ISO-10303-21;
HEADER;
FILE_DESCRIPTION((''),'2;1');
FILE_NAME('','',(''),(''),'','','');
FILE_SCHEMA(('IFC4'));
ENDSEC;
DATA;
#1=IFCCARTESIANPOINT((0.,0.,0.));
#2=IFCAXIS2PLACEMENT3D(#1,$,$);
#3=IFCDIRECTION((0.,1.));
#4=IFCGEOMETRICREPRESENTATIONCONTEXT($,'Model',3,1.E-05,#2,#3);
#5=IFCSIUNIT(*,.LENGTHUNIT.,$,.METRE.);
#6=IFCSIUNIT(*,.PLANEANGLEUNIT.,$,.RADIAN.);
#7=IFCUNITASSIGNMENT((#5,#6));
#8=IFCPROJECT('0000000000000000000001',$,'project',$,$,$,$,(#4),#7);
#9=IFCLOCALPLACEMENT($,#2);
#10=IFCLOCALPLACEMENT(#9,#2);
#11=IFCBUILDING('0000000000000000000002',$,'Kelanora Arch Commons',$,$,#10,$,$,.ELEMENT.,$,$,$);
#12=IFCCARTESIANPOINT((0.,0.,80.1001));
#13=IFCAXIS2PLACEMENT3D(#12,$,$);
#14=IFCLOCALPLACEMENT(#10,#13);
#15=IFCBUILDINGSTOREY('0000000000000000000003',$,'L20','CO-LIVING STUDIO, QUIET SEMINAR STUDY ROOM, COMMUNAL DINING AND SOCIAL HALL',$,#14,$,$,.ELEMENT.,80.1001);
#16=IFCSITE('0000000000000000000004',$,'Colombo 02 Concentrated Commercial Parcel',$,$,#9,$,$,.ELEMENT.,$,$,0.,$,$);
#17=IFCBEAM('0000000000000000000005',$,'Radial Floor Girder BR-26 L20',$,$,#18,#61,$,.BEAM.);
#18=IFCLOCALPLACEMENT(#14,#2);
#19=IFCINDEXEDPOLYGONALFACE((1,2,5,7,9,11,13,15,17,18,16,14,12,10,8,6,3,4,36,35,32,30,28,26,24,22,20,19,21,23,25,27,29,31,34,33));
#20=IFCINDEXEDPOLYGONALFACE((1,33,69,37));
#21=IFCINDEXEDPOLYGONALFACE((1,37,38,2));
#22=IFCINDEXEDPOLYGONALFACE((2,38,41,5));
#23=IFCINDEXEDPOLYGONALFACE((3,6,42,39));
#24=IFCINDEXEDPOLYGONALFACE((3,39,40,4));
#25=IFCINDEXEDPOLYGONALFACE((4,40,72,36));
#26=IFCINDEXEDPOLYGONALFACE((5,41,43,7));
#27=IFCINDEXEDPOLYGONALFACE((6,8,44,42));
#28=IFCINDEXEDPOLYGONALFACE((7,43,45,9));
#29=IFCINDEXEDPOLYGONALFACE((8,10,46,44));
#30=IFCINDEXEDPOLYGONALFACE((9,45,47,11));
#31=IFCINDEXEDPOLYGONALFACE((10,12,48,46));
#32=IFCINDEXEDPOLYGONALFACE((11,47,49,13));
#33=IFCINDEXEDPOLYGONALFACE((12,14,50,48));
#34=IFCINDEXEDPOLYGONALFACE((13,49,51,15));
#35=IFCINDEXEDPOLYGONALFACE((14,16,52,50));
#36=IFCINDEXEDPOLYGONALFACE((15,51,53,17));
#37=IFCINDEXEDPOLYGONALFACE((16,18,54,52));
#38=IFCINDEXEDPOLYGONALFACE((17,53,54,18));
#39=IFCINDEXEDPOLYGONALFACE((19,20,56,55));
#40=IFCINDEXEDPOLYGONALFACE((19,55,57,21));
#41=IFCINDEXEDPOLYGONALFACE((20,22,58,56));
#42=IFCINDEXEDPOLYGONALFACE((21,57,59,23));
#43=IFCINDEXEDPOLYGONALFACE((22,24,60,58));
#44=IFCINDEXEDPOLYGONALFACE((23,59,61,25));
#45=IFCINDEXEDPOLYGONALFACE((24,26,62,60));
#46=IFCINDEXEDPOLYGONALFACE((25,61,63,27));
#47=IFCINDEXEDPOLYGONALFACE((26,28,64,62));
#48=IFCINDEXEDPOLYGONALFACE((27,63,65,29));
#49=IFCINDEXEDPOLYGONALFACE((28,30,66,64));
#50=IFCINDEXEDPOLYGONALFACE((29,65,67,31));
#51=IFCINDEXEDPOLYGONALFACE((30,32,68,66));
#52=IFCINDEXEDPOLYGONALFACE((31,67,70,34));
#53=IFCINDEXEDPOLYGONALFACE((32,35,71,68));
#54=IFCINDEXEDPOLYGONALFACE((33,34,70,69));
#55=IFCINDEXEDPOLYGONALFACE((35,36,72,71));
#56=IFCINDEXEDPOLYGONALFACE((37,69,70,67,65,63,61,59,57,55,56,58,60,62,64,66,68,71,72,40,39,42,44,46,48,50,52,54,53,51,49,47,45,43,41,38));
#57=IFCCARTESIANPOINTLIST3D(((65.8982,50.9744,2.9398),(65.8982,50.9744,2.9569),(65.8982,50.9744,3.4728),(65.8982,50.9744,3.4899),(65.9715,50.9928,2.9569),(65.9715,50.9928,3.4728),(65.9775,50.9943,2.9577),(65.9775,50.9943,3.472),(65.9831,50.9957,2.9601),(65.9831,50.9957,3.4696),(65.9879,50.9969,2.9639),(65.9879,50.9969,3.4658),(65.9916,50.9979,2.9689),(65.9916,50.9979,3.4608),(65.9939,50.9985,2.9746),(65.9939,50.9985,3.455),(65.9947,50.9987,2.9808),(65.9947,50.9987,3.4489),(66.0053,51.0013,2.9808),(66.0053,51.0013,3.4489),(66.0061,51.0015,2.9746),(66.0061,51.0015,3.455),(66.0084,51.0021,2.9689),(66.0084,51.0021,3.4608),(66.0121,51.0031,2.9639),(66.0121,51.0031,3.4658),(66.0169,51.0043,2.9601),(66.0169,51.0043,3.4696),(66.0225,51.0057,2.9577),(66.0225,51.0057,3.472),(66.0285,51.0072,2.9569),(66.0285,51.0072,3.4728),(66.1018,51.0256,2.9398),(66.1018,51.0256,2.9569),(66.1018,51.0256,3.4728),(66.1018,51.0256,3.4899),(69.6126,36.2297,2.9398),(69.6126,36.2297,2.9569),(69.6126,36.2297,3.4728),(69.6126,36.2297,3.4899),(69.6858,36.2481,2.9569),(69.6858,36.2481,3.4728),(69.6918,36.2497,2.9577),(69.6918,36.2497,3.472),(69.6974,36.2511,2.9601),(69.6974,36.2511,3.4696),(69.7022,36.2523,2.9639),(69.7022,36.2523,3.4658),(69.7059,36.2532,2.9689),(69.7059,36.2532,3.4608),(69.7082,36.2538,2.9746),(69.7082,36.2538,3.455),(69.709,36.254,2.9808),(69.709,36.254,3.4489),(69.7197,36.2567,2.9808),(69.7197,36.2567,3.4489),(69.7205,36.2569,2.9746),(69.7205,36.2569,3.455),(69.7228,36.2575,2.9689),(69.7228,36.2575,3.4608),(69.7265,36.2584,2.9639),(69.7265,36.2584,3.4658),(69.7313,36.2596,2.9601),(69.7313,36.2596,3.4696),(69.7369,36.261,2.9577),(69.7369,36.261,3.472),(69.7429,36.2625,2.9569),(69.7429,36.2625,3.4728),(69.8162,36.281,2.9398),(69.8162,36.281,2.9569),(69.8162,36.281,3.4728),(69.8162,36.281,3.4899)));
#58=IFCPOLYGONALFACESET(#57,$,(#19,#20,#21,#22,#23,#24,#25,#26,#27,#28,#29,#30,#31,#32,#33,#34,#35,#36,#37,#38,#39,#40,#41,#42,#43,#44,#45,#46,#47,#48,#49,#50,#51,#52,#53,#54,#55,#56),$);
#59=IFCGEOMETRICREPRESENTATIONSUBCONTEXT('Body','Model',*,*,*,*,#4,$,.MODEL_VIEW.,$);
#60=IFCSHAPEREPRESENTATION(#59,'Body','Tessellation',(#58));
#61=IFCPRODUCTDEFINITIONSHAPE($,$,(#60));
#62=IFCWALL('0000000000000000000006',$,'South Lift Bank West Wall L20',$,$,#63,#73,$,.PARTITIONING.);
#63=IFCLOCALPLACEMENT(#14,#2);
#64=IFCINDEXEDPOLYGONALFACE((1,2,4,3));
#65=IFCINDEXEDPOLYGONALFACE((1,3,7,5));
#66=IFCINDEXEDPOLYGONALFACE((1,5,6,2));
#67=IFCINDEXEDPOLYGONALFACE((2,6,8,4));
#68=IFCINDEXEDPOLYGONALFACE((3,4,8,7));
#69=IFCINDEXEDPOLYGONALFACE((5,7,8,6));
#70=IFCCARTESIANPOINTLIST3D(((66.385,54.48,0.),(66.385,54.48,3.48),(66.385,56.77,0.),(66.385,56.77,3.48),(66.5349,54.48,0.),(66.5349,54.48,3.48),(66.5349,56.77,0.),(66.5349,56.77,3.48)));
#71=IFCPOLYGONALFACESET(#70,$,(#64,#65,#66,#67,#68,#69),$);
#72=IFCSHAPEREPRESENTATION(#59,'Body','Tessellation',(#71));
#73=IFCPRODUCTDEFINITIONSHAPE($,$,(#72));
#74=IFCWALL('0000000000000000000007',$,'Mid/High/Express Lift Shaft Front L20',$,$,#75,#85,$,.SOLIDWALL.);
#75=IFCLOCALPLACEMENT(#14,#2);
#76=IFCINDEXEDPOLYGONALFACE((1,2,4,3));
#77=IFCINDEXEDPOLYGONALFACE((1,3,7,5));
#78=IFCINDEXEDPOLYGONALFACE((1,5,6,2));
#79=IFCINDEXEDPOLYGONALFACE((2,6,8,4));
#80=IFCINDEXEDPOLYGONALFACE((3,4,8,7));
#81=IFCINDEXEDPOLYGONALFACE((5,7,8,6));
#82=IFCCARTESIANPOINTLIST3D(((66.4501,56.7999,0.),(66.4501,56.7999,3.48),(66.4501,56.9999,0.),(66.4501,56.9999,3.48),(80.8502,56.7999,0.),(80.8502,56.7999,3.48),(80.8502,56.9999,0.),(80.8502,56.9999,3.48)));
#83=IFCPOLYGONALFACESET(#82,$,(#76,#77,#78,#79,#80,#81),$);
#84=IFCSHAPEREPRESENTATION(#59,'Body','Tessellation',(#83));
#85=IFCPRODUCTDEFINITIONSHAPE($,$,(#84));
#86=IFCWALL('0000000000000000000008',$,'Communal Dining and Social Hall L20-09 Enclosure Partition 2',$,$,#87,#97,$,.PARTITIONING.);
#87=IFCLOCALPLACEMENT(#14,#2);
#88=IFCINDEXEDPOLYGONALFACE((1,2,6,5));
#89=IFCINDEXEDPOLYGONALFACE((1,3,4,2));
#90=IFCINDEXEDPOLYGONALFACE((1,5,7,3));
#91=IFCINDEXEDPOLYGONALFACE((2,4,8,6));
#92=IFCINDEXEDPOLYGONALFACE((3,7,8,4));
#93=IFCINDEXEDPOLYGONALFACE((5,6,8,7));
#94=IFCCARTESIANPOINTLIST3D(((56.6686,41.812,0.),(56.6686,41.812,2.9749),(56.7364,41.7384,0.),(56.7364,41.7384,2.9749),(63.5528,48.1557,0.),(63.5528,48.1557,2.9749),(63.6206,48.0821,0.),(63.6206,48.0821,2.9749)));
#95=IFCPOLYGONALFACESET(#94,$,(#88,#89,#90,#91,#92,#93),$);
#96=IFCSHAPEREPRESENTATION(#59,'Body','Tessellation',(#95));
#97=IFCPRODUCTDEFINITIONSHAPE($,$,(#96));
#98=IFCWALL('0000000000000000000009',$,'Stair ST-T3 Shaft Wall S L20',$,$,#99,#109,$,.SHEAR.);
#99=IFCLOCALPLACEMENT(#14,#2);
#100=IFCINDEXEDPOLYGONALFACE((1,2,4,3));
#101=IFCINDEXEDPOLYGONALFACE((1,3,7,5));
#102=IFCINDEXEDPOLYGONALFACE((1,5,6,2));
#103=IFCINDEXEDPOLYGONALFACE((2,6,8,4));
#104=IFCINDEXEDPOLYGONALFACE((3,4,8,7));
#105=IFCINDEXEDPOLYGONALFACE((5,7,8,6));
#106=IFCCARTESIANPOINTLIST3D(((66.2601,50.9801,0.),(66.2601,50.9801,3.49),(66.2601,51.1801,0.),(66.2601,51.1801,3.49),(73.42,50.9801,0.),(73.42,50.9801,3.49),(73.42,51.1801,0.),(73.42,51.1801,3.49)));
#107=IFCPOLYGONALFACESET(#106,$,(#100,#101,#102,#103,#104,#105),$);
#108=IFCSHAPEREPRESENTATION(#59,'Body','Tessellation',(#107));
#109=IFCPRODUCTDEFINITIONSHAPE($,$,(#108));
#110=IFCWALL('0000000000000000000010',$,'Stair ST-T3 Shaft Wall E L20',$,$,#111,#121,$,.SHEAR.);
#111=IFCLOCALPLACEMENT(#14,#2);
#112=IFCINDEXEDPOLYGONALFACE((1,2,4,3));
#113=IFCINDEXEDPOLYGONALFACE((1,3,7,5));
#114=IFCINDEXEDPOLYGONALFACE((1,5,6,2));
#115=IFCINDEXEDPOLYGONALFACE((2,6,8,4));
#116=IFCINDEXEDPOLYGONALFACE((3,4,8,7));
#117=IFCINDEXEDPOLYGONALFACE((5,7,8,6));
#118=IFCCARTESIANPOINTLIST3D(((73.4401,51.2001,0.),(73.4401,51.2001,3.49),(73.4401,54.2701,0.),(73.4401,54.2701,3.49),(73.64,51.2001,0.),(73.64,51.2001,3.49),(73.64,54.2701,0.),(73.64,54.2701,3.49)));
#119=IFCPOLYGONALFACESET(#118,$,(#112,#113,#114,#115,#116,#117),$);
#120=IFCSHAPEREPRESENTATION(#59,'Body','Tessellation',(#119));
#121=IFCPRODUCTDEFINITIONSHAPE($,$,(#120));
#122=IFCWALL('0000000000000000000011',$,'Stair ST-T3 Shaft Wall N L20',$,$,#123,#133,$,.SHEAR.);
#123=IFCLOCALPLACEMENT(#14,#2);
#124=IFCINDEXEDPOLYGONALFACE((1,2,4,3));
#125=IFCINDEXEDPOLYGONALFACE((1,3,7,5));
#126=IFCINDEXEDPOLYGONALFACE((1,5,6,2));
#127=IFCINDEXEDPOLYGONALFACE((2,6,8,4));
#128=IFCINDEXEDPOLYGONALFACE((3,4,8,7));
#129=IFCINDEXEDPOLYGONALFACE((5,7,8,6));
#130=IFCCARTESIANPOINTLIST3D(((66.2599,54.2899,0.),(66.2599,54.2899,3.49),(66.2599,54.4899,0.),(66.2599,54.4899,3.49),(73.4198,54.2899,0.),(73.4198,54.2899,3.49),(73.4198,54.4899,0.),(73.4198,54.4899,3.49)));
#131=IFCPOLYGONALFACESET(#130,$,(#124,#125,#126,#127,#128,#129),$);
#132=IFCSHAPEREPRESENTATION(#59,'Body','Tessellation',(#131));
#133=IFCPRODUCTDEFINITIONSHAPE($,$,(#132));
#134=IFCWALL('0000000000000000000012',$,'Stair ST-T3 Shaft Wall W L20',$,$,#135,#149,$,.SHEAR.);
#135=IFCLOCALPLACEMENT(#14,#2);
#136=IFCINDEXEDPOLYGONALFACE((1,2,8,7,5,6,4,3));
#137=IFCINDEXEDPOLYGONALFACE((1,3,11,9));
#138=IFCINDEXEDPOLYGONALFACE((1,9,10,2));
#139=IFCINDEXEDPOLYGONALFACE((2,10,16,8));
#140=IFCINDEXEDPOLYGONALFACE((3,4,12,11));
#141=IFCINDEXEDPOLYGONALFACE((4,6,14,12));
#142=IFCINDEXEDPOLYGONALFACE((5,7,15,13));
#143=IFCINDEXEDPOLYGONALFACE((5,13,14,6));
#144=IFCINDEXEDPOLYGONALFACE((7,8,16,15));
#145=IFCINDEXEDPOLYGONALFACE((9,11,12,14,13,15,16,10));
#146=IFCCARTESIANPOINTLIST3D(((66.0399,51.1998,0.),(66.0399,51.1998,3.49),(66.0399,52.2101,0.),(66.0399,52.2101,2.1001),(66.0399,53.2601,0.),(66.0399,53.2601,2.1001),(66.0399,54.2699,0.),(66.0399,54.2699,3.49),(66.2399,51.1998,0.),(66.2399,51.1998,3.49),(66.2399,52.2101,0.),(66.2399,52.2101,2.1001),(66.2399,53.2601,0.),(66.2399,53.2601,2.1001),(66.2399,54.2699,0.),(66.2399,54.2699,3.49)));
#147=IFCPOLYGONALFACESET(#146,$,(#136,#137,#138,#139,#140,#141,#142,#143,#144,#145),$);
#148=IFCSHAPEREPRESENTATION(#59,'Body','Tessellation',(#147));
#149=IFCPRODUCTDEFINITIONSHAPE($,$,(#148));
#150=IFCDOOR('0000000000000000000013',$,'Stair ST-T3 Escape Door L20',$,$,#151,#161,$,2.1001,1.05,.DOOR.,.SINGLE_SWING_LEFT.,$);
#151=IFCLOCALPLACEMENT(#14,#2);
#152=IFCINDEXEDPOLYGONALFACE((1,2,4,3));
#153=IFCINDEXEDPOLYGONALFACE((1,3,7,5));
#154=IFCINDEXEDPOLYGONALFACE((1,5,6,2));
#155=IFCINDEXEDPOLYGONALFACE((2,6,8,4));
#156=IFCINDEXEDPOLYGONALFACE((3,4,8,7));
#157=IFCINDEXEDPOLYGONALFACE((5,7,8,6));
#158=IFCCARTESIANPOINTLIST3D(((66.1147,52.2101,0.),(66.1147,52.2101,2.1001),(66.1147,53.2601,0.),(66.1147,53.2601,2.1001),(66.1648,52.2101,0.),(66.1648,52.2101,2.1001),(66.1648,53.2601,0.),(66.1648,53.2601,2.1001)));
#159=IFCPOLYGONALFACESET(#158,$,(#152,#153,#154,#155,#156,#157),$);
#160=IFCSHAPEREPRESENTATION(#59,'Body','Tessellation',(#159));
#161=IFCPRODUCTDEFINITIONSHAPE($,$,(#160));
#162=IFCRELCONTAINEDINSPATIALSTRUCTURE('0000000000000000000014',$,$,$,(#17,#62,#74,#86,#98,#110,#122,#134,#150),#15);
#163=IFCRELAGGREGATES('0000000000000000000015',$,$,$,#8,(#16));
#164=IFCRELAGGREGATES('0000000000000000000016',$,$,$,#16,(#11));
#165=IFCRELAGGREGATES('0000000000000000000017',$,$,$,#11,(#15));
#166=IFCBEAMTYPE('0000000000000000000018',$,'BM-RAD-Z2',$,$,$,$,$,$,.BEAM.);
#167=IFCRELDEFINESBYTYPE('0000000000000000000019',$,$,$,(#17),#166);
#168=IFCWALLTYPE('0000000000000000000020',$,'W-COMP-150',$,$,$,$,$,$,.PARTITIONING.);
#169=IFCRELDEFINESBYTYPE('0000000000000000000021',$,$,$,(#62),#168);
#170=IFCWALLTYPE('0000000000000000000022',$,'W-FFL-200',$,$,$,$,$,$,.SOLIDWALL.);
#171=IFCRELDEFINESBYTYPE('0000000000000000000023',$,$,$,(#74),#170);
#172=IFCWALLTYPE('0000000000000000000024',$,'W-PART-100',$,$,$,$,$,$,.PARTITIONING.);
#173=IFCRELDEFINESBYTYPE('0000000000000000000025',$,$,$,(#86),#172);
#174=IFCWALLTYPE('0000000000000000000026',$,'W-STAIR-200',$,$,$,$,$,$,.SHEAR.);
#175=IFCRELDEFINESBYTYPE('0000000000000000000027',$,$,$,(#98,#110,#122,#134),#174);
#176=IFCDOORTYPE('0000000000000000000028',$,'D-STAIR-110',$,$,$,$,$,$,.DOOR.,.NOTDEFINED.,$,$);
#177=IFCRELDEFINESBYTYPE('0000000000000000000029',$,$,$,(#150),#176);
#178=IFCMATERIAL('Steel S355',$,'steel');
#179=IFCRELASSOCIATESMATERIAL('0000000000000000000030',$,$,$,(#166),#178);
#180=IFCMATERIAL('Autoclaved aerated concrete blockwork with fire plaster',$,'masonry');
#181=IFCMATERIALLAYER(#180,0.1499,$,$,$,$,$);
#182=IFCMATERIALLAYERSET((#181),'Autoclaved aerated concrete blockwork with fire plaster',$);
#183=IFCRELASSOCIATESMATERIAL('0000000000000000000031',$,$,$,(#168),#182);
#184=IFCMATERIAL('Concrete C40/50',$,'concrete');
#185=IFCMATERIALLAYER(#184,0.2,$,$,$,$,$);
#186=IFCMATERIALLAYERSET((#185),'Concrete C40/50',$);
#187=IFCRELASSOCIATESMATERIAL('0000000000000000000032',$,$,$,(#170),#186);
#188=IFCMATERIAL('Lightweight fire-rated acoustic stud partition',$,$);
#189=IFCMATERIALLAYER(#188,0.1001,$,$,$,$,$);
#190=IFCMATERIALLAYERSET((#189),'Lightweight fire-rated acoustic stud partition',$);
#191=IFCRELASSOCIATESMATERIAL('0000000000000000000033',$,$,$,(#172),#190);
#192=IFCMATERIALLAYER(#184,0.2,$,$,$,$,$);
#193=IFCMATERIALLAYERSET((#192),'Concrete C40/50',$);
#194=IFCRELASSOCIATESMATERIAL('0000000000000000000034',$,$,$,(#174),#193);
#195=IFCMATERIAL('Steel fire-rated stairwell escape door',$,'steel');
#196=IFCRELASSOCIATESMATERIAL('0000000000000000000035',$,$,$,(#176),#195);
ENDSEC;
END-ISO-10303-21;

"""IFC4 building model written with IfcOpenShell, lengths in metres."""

from ifc_helpers import new_model, si_unit, direction, frame, frame_2d, origin, origin_2d, place, context, subcontext, project, spatial, rectangle, i_section, extrude, material, layer, layer_set, material_profile, profile_set, type_object, element, fill, save


model = new_model("IFC4")

# Units and contexts
model_context = context("Model", 3, precision=1e-05, world=origin(), true_north=direction((0.0, 1.0)))
body_context = subcontext(model_context, "Body", "Model", "MODEL_VIEW")
ifc_project = project(units=[si_unit("LENGTHUNIT", "METRE"), si_unit("PLANEANGLEUNIT", "RADIAN")], contexts=[model_context])

# Site, building, storey
site_placement = place(None, origin())
site = spatial("IfcSite", under=ifc_project, at=site_placement, Name="Colombo 02 Concentrated Commercial Parcel", CompositionType="ELEMENT", RefElevation=0.0)
building_placement = place(site_placement, origin())
building = spatial("IfcBuilding", under=site, at=building_placement, Name="Kelanora Arch Commons", CompositionType="ELEMENT")
storey_placement = place(building_placement, frame((0.0, 0.0, 80.1001)))
storey = spatial("IfcBuildingStorey", under=building, at=storey_placement, Name="L20", Description="CO-LIVING STUDIO, QUIET SEMINAR STUDY ROOM, COMMUNAL DINING AND SOCIAL HALL", CompositionType="ELEMENT", Elevation=80.1001)

# Beam
ifc_material_1 = material(Name="Steel S355", Category="steel")
ifc_material_profile_1 = material_profile(ifc_material_1, i_section(OverallWidth=0.21, OverallDepth=0.55, WebThickness=0.011, FlangeThickness=0.0171, FilletRadius=0.0239, at=origin_2d()), Name="IPE550")
ifc_profile_set_1 = profile_set([ifc_material_profile_1], Name="Steel S355")
beam_type_1 = type_object("IfcBeamType", Name="BM-RAD-Z2", PredefinedType="BEAM", material=ifc_profile_set_1)
beam_1_placement = place(storey_placement, frame((66.0, 51.0, 3.2148), z_axis=(0.244281, -0.969705, 0.0), x_axis=(0.969705, 0.244281, 0.0)))
element("IfcBeam", 1, at=beam_1_placement, inside=storey, type_object=beam_type_1, Name="Radial Floor Girder BR-26 L20", PredefinedType="BEAM", context=body_context, shape_type="SweptSolid", body=[
    extrude(i_section(OverallWidth=0.21, OverallDepth=0.55, WebThickness=0.011, FlangeThickness=0.0171, FilletRadius=0.0239, at=origin_2d()), origin(), (0.0, 0.0, 1.0), 15.2053),
])

# Walls
ifc_material_2 = material(Name="Autoclaved aerated concrete blockwork with fire plaster", Category="masonry")
ifc_layer_1 = layer(ifc_material_2, 0.1499)
ifc_layer_set_1 = layer_set([ifc_layer_1], Name="Autoclaved aerated concrete blockwork with fire plaster")
wall_type_1 = type_object("IfcWallType", Name="W-COMP-150", PredefinedType="PARTITIONING", material=ifc_layer_set_1)
wall_1_placement = place(storey_placement, frame((66.46, 54.48, 0.0), z_axis=(0.0, 0.0, 1.0), x_axis=(0.0, 1.0, 0.0)))
element("IfcWall", 2, at=wall_1_placement, inside=storey, type_object=wall_type_1, Name="South Lift Bank West Wall L20", PredefinedType="PARTITIONING", context=body_context, shape_type="SweptSolid", body=[
    extrude(rectangle(XDim=2.29, YDim=0.1499, at=frame_2d((1.145, 0.0))), origin(), (0.0, 0.0, 1.0), 3.48),
])
ifc_material_3 = material(Name="Concrete C40/50", Category="concrete")
ifc_layer_2 = layer(ifc_material_3, 0.2)
ifc_layer_set_2 = layer_set([ifc_layer_2], Name="Concrete C40/50")
wall_type_2 = type_object("IfcWallType", Name="W-FFL-200", PredefinedType="SOLIDWALL", material=ifc_layer_set_2)
wall_2_placement = place(storey_placement, frame((66.45, 56.8999, 0.0), z_axis=(0.0, 0.0, 1.0), x_axis=(1.0, 0.0, 0.0)))
element("IfcWall", 3, at=wall_2_placement, inside=storey, type_object=wall_type_2, Name="Mid/High/Express Lift Shaft Front L20", PredefinedType="SOLIDWALL", context=body_context, shape_type="SweptSolid", body=[
    extrude(rectangle(XDim=14.4001, YDim=0.2, at=frame_2d((7.2002, 0.0))), origin(), (0.0, 0.0, 1.0), 3.48),
])
ifc_material_4 = material(Name="Lightweight fire-rated acoustic stud partition")
ifc_layer_3 = layer(ifc_material_4, 0.1001)
ifc_layer_set_3 = layer_set([ifc_layer_3], Name="Lightweight fire-rated acoustic stud partition")
wall_type_3 = type_object("IfcWallType", Name="W-PART-100", PredefinedType="PARTITIONING", material=ifc_layer_set_3)
wall_3_placement = place(storey_placement, frame((63.5867, 48.1189, 0.0), z_axis=(0.0, 0.0, 1.0), x_axis=(-0.735387, -0.677647, 0.0)))
element("IfcWall", 4, at=wall_3_placement, inside=storey, type_object=wall_type_3, Name="Communal Dining and Social Hall L20-09 Enclosure Partition 2", PredefinedType="PARTITIONING", context=body_context, shape_type="SweptSolid", body=[
    extrude(rectangle(XDim=9.3613, YDim=0.1001, at=frame_2d((4.6807, 0.0))), origin(), (0.0, 0.0, 1.0), 2.9749),
])
ifc_layer_4 = layer(ifc_material_3, 0.2)
ifc_layer_set_4 = layer_set([ifc_layer_4], Name="Concrete C40/50")
wall_type_4 = type_object("IfcWallType", Name="W-STAIR-200", PredefinedType="SHEAR", material=ifc_layer_set_4)
wall_4_placement = place(storey_placement, frame((66.26, 51.0801, 0.0), z_axis=(0.0, 0.0, 1.0), x_axis=(1.0, 0.0, 0.0)))
element("IfcWall", 5, at=wall_4_placement, inside=storey, type_object=wall_type_4, Name="Stair ST-T3 Shaft Wall S L20", PredefinedType="SHEAR", context=body_context, shape_type="SweptSolid", body=[
    extrude(rectangle(XDim=7.1599, YDim=0.2, at=frame_2d((3.5801, 0.0))), origin(), (0.0, 0.0, 1.0), 3.49),
])
wall_5_placement = place(storey_placement, frame((73.54, 51.2, 0.0), z_axis=(0.0, 0.0, 1.0), x_axis=(0.0, 1.0, 0.0)))
element("IfcWall", 6, at=wall_5_placement, inside=storey, type_object=wall_type_4, Name="Stair ST-T3 Shaft Wall E L20", PredefinedType="SHEAR", context=body_context, shape_type="SweptSolid", body=[
    extrude(rectangle(XDim=3.0701, YDim=0.2, at=frame_2d((1.5352, 0.0))), origin(), (0.0, 0.0, 1.0), 3.49),
])
wall_6_placement = place(storey_placement, frame((73.4199, 54.3899, 0.0), z_axis=(0.0, 0.0, 1.0), x_axis=(-1.0, 0.0, 0.0)))
element("IfcWall", 7, at=wall_6_placement, inside=storey, type_object=wall_type_4, Name="Stair ST-T3 Shaft Wall N L20", PredefinedType="SHEAR", context=body_context, shape_type="SweptSolid", body=[
    extrude(rectangle(XDim=7.1599, YDim=0.2, at=frame_2d((3.5801, 0.0))), origin(), (0.0, 0.0, 1.0), 3.49),
])

# Wall, opening, door
wall_7_placement = place(storey_placement, frame((66.1399, 54.27, 0.0), z_axis=(0.0, 0.0, 1.0), x_axis=(0.0, -1.0, 0.0)))
wall_7 = element("IfcWall", 8, at=wall_7_placement, inside=storey, type_object=wall_type_4, Name="Stair ST-T3 Shaft Wall W L20", PredefinedType="SHEAR", context=body_context, shape_type="SweptSolid", body=[
    extrude(rectangle(XDim=3.0701, YDim=0.2, at=frame_2d((1.5352, 0.0))), origin(), (0.0, 0.0, 1.0), 3.49),
])
opening_1_placement = place(wall_7_placement, frame((1.01, 0.0, 0.0)))
opening_1 = element("IfcOpeningElement", 9, at=opening_1_placement, cuts=wall_7, PredefinedType="OPENING", context=body_context, shape_type="SweptSolid", body=[
    extrude(rectangle(XDim=1.05, YDim=2.1001, at=frame_2d((0.5249, 1.05))), frame((0.0, 0.1099, 0.0), z_axis=(0.0, -1.0, 0.0), x_axis=(1.0, 0.0, 0.0)), (0.0, 0.0, 1.0), 0.22),
])
ifc_material_5 = material(Name="Steel fire-rated stairwell escape door", Category="steel")
door_type_1 = type_object("IfcDoorType", Name="D-STAIR-110", OperationType="NOTDEFINED", PredefinedType="DOOR", material=ifc_material_5)
door_1_placement = place(opening_1_placement, origin())
door_1 = element("IfcDoor", 10, at=door_1_placement, inside=storey, type_object=door_type_1, Name="Stair ST-T3 Escape Door L20", OperationType="SINGLE_SWING_LEFT", OverallHeight=2.1001, OverallWidth=1.05, PredefinedType="DOOR", context=body_context, shape_type="SweptSolid", body=[
    extrude(rectangle(XDim=1.05, YDim=2.1001, at=frame_2d((0.5249, 1.05))), frame((0.0, 0.0249, 0.0), z_axis=(0.0, -1.0, 0.0), x_axis=(1.0, 0.0, 0.0)), (0.0, 0.0, 1.0), 0.05),
])
fill(opening_1, door_1)

save(model, "model.ifc")
